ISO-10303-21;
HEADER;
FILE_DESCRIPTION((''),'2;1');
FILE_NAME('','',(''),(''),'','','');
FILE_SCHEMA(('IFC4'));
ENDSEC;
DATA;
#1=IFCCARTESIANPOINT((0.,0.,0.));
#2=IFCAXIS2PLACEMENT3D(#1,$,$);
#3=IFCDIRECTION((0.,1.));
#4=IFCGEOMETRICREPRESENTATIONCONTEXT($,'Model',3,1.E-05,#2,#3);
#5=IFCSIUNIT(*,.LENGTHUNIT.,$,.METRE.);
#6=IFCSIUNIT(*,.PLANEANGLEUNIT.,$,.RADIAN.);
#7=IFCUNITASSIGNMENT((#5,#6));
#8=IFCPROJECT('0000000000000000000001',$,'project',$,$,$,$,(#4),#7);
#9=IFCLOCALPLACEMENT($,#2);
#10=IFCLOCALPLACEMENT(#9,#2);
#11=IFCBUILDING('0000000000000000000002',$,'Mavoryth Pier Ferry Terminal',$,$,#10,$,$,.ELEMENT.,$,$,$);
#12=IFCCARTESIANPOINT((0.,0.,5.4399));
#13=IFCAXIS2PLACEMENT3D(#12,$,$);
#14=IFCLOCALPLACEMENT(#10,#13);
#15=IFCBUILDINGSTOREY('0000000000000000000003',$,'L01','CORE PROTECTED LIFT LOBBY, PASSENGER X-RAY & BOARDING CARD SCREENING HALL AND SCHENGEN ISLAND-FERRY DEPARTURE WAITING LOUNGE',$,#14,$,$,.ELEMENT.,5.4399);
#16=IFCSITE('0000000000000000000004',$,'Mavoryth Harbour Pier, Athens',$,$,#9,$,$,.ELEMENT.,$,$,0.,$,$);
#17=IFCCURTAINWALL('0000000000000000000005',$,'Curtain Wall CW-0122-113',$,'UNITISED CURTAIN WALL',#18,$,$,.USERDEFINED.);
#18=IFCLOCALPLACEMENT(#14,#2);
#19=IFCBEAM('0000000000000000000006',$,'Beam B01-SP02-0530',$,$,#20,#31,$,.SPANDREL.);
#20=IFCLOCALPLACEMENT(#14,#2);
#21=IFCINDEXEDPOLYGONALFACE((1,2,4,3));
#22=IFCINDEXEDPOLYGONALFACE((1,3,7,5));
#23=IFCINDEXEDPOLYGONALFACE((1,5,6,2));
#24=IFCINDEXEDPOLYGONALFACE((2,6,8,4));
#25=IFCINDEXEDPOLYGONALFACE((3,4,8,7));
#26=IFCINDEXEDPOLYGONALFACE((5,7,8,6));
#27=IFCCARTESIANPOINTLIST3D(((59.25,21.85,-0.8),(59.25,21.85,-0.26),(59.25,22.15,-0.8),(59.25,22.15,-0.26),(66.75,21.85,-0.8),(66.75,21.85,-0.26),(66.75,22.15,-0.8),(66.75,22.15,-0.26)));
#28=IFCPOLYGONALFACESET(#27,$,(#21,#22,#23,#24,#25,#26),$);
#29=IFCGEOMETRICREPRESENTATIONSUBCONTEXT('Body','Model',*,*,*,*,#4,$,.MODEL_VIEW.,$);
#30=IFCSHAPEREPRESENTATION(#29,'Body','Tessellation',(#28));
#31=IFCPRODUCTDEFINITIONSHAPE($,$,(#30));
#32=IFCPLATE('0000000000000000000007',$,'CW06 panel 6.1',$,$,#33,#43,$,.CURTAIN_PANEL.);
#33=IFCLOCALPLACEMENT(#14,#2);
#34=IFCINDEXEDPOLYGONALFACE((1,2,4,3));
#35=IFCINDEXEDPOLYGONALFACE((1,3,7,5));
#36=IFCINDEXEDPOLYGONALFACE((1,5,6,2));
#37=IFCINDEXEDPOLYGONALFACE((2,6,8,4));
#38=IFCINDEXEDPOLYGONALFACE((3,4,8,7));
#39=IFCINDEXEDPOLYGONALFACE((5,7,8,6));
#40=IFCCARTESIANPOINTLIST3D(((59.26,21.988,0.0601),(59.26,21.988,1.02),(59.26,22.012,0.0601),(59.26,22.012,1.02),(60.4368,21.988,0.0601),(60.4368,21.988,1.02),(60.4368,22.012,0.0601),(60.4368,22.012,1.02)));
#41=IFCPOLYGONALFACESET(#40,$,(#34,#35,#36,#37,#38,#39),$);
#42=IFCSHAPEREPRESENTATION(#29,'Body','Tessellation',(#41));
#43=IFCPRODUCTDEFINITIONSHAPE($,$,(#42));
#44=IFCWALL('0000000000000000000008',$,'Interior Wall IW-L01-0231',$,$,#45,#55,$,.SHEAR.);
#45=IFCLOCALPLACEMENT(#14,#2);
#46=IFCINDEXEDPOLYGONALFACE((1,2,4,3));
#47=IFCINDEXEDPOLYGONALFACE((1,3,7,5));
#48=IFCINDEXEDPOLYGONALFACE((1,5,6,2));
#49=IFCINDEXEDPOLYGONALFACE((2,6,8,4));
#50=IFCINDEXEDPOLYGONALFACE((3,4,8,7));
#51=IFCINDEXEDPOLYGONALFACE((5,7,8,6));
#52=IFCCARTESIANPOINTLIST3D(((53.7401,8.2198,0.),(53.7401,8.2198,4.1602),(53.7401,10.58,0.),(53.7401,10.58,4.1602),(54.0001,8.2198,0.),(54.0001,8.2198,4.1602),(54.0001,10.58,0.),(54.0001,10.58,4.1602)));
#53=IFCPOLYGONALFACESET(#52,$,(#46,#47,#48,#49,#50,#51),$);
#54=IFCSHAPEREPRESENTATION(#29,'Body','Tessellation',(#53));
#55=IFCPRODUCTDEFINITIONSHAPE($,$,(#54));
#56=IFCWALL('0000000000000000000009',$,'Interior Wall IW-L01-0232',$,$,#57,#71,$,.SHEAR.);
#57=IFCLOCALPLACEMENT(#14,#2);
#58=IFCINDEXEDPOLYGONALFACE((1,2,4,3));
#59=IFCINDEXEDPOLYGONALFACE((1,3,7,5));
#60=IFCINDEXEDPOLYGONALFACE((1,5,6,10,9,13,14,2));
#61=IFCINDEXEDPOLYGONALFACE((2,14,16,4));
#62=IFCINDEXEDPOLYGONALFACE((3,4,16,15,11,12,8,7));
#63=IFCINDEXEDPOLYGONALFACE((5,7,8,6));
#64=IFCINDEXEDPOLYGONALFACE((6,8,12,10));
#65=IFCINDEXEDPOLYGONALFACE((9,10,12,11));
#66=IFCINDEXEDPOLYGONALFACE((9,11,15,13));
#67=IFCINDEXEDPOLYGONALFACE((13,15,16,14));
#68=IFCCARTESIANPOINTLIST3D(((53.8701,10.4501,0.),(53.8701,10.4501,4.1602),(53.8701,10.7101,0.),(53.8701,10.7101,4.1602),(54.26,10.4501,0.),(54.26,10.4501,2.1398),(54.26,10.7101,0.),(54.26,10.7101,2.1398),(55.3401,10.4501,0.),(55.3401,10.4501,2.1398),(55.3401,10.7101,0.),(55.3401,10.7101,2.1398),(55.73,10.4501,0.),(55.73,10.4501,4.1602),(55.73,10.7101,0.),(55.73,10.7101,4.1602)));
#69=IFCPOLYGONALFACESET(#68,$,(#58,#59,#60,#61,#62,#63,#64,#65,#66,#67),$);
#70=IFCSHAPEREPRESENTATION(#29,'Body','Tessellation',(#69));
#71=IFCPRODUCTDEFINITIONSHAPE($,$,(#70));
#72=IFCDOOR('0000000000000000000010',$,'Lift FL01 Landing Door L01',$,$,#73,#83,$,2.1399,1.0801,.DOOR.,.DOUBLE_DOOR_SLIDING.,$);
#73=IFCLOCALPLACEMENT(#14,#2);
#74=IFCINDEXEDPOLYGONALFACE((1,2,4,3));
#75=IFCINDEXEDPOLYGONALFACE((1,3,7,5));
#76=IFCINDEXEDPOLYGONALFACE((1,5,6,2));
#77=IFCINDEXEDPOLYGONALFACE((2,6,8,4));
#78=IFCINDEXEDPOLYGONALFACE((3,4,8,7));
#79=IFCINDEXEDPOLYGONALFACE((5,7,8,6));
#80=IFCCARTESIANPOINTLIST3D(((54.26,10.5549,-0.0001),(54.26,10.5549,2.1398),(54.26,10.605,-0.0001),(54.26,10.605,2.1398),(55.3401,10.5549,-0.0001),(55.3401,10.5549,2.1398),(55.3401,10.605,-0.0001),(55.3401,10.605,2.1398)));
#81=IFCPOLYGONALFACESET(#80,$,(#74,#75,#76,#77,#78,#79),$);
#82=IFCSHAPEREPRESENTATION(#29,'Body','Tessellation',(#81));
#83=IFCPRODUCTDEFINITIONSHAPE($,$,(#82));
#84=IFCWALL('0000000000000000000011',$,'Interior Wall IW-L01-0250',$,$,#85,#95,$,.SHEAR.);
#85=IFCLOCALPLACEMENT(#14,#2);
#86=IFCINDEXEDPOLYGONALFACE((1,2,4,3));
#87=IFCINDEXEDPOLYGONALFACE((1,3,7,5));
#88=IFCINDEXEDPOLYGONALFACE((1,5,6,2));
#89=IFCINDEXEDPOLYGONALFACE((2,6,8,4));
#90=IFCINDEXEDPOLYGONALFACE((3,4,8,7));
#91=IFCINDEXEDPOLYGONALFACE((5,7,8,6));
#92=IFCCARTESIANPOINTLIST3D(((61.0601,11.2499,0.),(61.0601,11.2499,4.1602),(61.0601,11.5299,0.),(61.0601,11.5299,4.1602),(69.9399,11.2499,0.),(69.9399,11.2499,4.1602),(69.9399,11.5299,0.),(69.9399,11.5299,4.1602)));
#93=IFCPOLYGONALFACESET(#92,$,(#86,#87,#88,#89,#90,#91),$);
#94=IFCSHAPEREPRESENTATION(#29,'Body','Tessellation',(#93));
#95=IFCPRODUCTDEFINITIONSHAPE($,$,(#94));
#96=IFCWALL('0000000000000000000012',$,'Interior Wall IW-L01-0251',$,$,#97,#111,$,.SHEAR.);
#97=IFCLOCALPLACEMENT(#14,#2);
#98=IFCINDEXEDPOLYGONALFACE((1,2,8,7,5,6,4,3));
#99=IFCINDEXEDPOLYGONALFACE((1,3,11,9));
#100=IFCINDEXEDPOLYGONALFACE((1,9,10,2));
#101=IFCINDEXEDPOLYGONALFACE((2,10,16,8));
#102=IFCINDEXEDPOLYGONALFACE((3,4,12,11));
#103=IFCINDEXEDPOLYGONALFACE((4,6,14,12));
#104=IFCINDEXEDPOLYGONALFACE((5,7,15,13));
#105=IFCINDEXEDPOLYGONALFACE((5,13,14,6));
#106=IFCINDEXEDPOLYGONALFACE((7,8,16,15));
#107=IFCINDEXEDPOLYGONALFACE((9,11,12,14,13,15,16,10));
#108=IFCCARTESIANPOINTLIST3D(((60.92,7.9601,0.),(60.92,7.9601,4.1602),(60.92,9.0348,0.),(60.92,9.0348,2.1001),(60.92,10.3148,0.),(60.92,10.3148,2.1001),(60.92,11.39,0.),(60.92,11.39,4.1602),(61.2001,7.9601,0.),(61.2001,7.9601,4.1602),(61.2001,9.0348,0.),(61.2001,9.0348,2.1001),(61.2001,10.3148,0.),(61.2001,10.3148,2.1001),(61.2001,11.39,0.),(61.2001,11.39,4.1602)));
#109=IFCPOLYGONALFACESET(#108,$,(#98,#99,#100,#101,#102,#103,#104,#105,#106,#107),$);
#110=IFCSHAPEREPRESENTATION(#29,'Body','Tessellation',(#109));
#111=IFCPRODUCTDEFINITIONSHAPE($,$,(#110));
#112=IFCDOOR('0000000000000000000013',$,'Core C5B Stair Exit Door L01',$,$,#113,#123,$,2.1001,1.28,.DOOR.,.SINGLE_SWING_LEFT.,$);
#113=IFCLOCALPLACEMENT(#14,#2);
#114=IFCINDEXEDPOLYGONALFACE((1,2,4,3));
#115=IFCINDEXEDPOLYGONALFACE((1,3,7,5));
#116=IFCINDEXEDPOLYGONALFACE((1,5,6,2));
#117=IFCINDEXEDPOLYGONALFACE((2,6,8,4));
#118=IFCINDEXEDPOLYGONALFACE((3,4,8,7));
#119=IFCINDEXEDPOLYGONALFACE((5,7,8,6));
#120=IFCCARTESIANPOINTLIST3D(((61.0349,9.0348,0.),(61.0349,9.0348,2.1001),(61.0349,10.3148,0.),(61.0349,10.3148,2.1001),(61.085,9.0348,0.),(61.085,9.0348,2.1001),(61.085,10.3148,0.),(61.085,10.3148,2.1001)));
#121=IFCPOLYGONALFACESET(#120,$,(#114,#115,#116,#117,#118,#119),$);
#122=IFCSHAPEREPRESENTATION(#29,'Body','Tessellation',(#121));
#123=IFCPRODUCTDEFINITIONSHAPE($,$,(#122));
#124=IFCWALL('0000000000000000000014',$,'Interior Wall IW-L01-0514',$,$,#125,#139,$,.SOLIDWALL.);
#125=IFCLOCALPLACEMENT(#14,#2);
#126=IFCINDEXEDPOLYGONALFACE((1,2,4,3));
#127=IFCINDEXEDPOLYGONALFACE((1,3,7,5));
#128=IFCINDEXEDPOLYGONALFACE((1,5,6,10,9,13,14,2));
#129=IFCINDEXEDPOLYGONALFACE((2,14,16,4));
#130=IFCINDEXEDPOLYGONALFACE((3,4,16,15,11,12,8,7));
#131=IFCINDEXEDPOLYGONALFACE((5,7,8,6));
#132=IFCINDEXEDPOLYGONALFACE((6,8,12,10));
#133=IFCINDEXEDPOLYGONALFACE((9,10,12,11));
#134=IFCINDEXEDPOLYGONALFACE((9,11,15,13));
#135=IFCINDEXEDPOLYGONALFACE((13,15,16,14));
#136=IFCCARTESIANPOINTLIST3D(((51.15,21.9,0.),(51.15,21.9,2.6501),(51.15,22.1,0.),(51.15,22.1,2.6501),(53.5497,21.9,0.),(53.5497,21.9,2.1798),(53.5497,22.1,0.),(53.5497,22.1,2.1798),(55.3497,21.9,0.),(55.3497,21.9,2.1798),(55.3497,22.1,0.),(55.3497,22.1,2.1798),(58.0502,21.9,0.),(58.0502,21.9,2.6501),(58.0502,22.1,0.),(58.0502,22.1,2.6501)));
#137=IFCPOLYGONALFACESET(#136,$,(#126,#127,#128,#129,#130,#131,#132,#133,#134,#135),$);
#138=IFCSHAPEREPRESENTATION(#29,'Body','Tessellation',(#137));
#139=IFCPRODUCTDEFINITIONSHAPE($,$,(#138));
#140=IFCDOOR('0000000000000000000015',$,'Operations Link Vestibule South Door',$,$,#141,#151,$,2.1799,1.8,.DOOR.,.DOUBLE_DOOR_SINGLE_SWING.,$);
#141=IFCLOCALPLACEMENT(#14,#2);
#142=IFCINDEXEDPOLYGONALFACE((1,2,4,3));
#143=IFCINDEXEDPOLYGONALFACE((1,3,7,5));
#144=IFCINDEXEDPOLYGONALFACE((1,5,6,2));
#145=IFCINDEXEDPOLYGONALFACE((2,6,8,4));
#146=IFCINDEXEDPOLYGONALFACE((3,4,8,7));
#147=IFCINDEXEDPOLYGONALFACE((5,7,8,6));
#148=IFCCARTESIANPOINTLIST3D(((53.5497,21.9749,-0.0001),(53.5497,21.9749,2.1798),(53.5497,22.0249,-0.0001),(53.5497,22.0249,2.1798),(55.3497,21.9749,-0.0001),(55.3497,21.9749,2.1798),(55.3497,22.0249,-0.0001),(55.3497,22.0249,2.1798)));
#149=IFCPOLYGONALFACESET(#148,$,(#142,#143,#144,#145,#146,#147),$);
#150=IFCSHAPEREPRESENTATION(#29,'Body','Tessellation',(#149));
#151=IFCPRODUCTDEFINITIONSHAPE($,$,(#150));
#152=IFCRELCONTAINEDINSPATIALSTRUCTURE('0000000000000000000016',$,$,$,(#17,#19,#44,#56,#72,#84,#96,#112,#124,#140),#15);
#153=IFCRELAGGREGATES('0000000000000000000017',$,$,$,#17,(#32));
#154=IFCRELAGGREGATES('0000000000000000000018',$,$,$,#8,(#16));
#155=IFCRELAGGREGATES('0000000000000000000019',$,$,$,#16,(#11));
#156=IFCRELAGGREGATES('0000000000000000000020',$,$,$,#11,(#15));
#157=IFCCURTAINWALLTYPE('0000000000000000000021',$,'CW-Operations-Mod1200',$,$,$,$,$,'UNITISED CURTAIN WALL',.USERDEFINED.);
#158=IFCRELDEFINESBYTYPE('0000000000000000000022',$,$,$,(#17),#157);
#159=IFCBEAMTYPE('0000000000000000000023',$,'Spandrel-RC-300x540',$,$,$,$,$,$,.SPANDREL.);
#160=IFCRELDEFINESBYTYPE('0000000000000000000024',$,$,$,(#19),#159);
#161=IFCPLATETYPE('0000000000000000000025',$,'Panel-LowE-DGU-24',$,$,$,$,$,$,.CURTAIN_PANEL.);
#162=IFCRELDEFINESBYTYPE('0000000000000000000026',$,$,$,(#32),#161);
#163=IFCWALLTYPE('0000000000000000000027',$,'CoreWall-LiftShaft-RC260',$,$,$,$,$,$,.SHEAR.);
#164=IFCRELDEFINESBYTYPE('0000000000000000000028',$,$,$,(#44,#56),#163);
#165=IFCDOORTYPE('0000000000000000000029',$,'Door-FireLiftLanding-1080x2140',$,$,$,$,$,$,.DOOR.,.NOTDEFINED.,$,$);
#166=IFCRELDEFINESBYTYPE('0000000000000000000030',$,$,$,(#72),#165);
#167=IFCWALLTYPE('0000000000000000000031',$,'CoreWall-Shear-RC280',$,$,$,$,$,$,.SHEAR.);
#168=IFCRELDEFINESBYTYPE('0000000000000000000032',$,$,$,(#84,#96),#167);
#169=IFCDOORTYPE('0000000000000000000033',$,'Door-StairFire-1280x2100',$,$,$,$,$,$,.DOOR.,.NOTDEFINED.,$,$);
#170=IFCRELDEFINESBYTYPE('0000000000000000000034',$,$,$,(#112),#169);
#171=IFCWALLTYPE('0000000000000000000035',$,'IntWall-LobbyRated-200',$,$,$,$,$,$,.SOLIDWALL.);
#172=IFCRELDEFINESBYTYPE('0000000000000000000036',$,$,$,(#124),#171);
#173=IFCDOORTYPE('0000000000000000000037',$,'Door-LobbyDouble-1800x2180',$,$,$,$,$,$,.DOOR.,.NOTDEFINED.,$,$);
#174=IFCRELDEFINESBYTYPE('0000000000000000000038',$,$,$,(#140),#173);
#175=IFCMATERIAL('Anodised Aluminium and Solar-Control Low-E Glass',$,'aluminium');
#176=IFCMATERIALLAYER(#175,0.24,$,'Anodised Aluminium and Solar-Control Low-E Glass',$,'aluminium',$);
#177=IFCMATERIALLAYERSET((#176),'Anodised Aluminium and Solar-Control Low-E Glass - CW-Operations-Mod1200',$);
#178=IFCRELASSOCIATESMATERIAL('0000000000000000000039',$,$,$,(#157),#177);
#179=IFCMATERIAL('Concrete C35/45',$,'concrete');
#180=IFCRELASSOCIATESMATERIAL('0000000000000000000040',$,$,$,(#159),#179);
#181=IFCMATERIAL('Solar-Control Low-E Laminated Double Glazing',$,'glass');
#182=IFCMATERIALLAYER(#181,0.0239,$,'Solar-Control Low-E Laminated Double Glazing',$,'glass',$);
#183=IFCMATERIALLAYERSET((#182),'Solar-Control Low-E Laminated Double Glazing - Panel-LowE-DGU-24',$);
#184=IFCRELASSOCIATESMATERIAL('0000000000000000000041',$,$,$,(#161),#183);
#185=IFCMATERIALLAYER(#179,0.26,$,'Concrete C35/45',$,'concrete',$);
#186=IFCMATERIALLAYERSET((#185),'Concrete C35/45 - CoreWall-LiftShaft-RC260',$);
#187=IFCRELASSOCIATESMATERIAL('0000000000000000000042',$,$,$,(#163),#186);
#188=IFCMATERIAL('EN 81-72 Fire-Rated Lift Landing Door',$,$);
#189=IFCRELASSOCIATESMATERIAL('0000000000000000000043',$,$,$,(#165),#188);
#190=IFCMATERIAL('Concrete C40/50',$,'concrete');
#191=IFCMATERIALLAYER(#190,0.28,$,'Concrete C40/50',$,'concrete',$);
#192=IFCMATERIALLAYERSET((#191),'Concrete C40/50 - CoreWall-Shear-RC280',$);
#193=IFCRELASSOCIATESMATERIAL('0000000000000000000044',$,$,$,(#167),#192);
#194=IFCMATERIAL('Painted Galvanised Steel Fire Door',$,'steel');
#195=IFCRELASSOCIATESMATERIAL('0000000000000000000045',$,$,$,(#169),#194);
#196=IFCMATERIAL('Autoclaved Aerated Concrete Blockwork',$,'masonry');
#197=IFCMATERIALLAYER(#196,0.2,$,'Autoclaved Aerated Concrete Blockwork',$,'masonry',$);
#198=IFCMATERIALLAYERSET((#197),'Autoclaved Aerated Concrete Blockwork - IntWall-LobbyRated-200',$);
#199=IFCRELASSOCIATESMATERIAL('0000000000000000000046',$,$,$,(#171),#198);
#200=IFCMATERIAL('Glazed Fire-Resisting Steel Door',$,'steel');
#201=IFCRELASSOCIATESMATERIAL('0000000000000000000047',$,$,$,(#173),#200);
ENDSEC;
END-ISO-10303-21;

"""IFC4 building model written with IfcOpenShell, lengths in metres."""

from ifc_helpers import new_model, si_unit, direction, frame, frame_2d, origin, origin_2d, place, context, subcontext, project, spatial, rectangle, extrude, material, layer, layer_set, material_profile, profile_set, type_object, element, fill, aggregate, save


model = new_model("IFC4")

# Units and contexts
model_context = context("Model", 3, precision=1e-05, world=origin(), true_north=direction((0.0, 1.0)))
body_context = subcontext(model_context, "Body", "Model", "MODEL_VIEW")
ifc_project = project(units=[si_unit("LENGTHUNIT", "METRE"), si_unit("PLANEANGLEUNIT", "RADIAN")], contexts=[model_context])

# Site, building, storey
site_placement = place(None, origin())
site = spatial("IfcSite", under=ifc_project, at=site_placement, Name="Mavoryth Harbour Pier, Athens", CompositionType="ELEMENT", RefElevation=0.0)
building_placement = place(site_placement, origin())
building = spatial("IfcBuilding", under=site, at=building_placement, Name="Mavoryth Pier Ferry Terminal", CompositionType="ELEMENT")
storey_placement = place(building_placement, frame((0.0, 0.0, 5.4399)))
storey = spatial("IfcBuildingStorey", under=building, at=storey_placement, Name="L01", Description="CORE PROTECTED LIFT LOBBY, PASSENGER X-RAY & BOARDING CARD SCREENING HALL AND SCHENGEN ISLAND-FERRY DEPARTURE WAITING LOUNGE", CompositionType="ELEMENT", Elevation=5.4399)

# Shared definitions
ifc_material_1 = material(Name="Concrete C40/50", Category="concrete")

# Shared definitions
ifc_material_2 = material(Name="Concrete C35/45", Category="concrete")

# Curtain wall
ifc_material_3 = material(Name="Anodised Aluminium and Solar-Control Low-E Glass", Category="aluminium")
ifc_layer_1 = layer(ifc_material_3, 0.24, Name="Anodised Aluminium and Solar-Control Low-E Glass", Category="aluminium")
ifc_layer_set_1 = layer_set([ifc_layer_1], Name="Anodised Aluminium and Solar-Control Low-E Glass - CW-Operations-Mod1200")
curtain_wall_type = type_object("IfcCurtainWallType", Name="CW-Operations-Mod1200", ElementType="UNITISED CURTAIN WALL", PredefinedType="USERDEFINED", material=ifc_layer_set_1)
curtain_wall_placement = place(storey_placement, origin())
curtain_wall = element("IfcCurtainWall", 1, at=curtain_wall_placement, inside=storey, type_object=curtain_wall_type, Name="Curtain Wall CW-0122-113", ObjectType="UNITISED CURTAIN WALL", PredefinedType="USERDEFINED")

# Beam
ifc_material_profile_1 = material_profile(ifc_material_2, rectangle(XDim=0.3, YDim=0.54, at=origin_2d()), Name="RC 300x540", Category="concrete")
ifc_profile_set_1 = profile_set([ifc_material_profile_1], Name="Concrete C35/45 - RC 300x540")
beam_type_1 = type_object("IfcBeamType", Name="Spandrel-RC-300x540", PredefinedType="SPANDREL", material=ifc_profile_set_1)
for number, where, z_axis, x_axis, name in (
    (2, (59.25, 22.0, -0.53), (1.0, 0.0, 0.0), (0.0, 1.0, 0.0), "Beam B01-SP02-0530"),
):
    element("IfcBeam", number, at=place(storey_placement, frame(where, z_axis=z_axis, x_axis=x_axis)), inside=storey, type_object=beam_type_1, Name=name, PredefinedType="SPANDREL", context=body_context, shape_type="SweptSolid", body=[
        extrude(rectangle(XDim=0.3, YDim=0.54, at=origin_2d()), origin(), (0.0, 0.0, 1.0), 7.5),
    ])

# Plate
ifc_material_4 = material(Name="Solar-Control Low-E Laminated Double Glazing", Category="glass")
ifc_layer_2 = layer(ifc_material_4, 0.0239, Name="Solar-Control Low-E Laminated Double Glazing", Category="glass")
ifc_layer_set_2 = layer_set([ifc_layer_2], Name="Solar-Control Low-E Laminated Double Glazing - Panel-LowE-DGU-24")
plate_type = type_object("IfcPlateType", Name="Panel-LowE-DGU-24", PredefinedType="CURTAIN_PANEL", material=ifc_layer_set_2)
plate_placement = place(storey_placement, frame((59.8484, 22.0, 0.0601), z_axis=(0.0, 0.0, 1.0), x_axis=(-1.0, 0.0, 0.0)))
plate = element("IfcPlate", 3, at=plate_placement, type_object=plate_type, Name="CW06 panel 6.1", PredefinedType="CURTAIN_PANEL", context=body_context, shape_type="SweptSolid", body=[
    extrude(rectangle(XDim=1.1768, YDim=0.0239, at=origin_2d()), origin(), (0.0, 0.0, 1.0), 0.96),
])
aggregate(curtain_wall, [plate])

# Wall
ifc_layer_3 = layer(ifc_material_2, 0.26, Name="Concrete C35/45", Category="concrete")
ifc_layer_set_3 = layer_set([ifc_layer_3], Name="Concrete C35/45 - CoreWall-LiftShaft-RC260")
wall_type_1 = type_object("IfcWallType", Name="CoreWall-LiftShaft-RC260", PredefinedType="SHEAR", material=ifc_layer_set_3)
wall_1_placement = place(storey_placement, frame((53.8701, 10.5801, 0.0), z_axis=(0.0, 0.0, 1.0), x_axis=(0.0, -1.0, 0.0)))
element("IfcWall", 4, at=wall_1_placement, inside=storey, type_object=wall_type_1, Name="Interior Wall IW-L01-0231", PredefinedType="SHEAR", context=body_context, shape_type="SweptSolid", body=[
    extrude(rectangle(XDim=2.3601, YDim=0.26, at=frame_2d((1.1802, 0.0))), origin(), (0.0, 0.0, 1.0), 4.1602),
])

# Wall, opening, door
wall_2_placement = place(storey_placement, frame((53.8701, 10.5801, 0.0), z_axis=(0.0, 0.0, 1.0), x_axis=(1.0, 0.0, 0.0)))
wall_2 = element("IfcWall", 5, at=wall_2_placement, inside=storey, type_object=wall_type_1, Name="Interior Wall IW-L01-0232", PredefinedType="SHEAR", context=body_context, shape_type="SweptSolid", body=[
    extrude(rectangle(XDim=1.8599, YDim=0.26, at=frame_2d((0.9299, 0.0))), origin(), (0.0, 0.0, 1.0), 4.1602),
])
opening_1_placement = place(wall_2_placement, frame((0.3899, 0.0, 0.0)))
opening_1 = element("IfcOpeningElement", 6, at=opening_1_placement, cuts=wall_2, PredefinedType="OPENING", context=body_context, shape_type="SweptSolid", body=[
    extrude(rectangle(XDim=1.0801, YDim=2.1399, at=frame_2d((0.54, 1.0698))), frame((0.0, 0.1399, 0.0), z_axis=(0.0, -1.0, 0.0), x_axis=(1.0, 0.0, 0.0)), (0.0, 0.0, 1.0), 0.28),
])
ifc_material_5 = material(Name="EN 81-72 Fire-Rated Lift Landing Door")
door_type_1 = type_object("IfcDoorType", Name="Door-FireLiftLanding-1080x2140", OperationType="NOTDEFINED", PredefinedType="DOOR", material=ifc_material_5)
door_1_placement = place(opening_1_placement, origin())
door_1 = element("IfcDoor", 7, at=door_1_placement, inside=storey, type_object=door_type_1, Name="Lift FL01 Landing Door L01", OperationType="DOUBLE_DOOR_SLIDING", OverallHeight=2.1399, OverallWidth=1.0801, PredefinedType="DOOR", context=body_context, shape_type="SweptSolid", body=[
    extrude(rectangle(XDim=1.0801, YDim=2.1399, at=frame_2d((0.54, 1.0698))), frame((0.0, 0.0249, 0.0), z_axis=(0.0, -1.0, 0.0), x_axis=(1.0, 0.0, 0.0)), (0.0, 0.0, 1.0), 0.05),
])
fill(opening_1, door_1)

# Wall
ifc_layer_4 = layer(ifc_material_1, 0.28, Name="Concrete C40/50", Category="concrete")
ifc_layer_set_4 = layer_set([ifc_layer_4], Name="Concrete C40/50 - CoreWall-Shear-RC280")
wall_type_2 = type_object("IfcWallType", Name="CoreWall-Shear-RC280", PredefinedType="SHEAR", material=ifc_layer_set_4)
wall_3_placement = place(storey_placement, frame((61.0601, 11.3899, 0.0), z_axis=(0.0, 0.0, 1.0), x_axis=(1.0, 0.0, 0.0)))
element("IfcWall", 8, at=wall_3_placement, inside=storey, type_object=wall_type_2, Name="Interior Wall IW-L01-0250", PredefinedType="SHEAR", context=body_context, shape_type="SweptSolid", body=[
    extrude(rectangle(XDim=8.8799, YDim=0.28, at=frame_2d((4.4399, 0.0))), origin(), (0.0, 0.0, 1.0), 4.1602),
])

# Walls, openings, doors
wall_4_placement = place(storey_placement, frame((61.0601, 11.3899, 0.0), z_axis=(0.0, 0.0, 1.0), x_axis=(0.0, -1.0, 0.0)))
wall_4 = element("IfcWall", 9, at=wall_4_placement, inside=storey, type_object=wall_type_2, Name="Interior Wall IW-L01-0251", PredefinedType="SHEAR", context=body_context, shape_type="SweptSolid", body=[
    extrude(rectangle(XDim=3.4299, YDim=0.28, at=frame_2d((1.7148, 0.0))), origin(), (0.0, 0.0, 1.0), 4.1602),
])
opening_2_placement = place(wall_4_placement, frame((1.075, 0.0, 0.0)))
opening_2 = element("IfcOpeningElement", 10, at=opening_2_placement, cuts=wall_4, PredefinedType="OPENING", context=body_context, shape_type="SweptSolid", body=[
    extrude(rectangle(XDim=1.28, YDim=2.1001, at=frame_2d((0.6401, 1.05))), frame((0.0, 0.1499, 0.0), z_axis=(0.0, -1.0, 0.0), x_axis=(1.0, 0.0, 0.0)), (0.0, 0.0, 1.0), 0.3),
])
ifc_material_6 = material(Name="Painted Galvanised Steel Fire Door", Category="steel")
door_type_2 = type_object("IfcDoorType", Name="Door-StairFire-1280x2100", OperationType="NOTDEFINED", PredefinedType="DOOR", material=ifc_material_6)
door_2_placement = place(opening_2_placement, origin())
door_2 = element("IfcDoor", 11, at=door_2_placement, inside=storey, type_object=door_type_2, Name="Core C5B Stair Exit Door L01", OperationType="SINGLE_SWING_LEFT", OverallHeight=2.1001, OverallWidth=1.28, PredefinedType="DOOR", context=body_context, shape_type="SweptSolid", body=[
    extrude(rectangle(XDim=1.28, YDim=2.1001, at=frame_2d((0.6401, 1.05))), frame((0.0, 0.0249, 0.0), z_axis=(0.0, -1.0, 0.0), x_axis=(1.0, 0.0, 0.0)), (0.0, 0.0, 1.0), 0.05),
])
fill(opening_2, door_2)
ifc_material_7 = material(Name="Autoclaved Aerated Concrete Blockwork", Category="masonry")
ifc_layer_5 = layer(ifc_material_7, 0.2, Name="Autoclaved Aerated Concrete Blockwork", Category="masonry")
ifc_layer_set_5 = layer_set([ifc_layer_5], Name="Autoclaved Aerated Concrete Blockwork - IntWall-LobbyRated-200")
wall_type_3 = type_object("IfcWallType", Name="IntWall-LobbyRated-200", PredefinedType="SOLIDWALL", material=ifc_layer_set_5)
wall_5_placement = place(storey_placement, frame((51.1499, 22.0, 0.0), z_axis=(0.0, 0.0, 1.0), x_axis=(1.0, 0.0, 0.0)))
wall_5 = element("IfcWall", 12, at=wall_5_placement, inside=storey, type_object=wall_type_3, Name="Interior Wall IW-L01-0514", PredefinedType="SOLIDWALL", context=body_context, shape_type="SweptSolid", body=[
    extrude(rectangle(XDim=6.9001, YDim=0.2, at=frame_2d((3.4502, 0.0))), origin(), (0.0, 0.0, 1.0), 2.6501),
])
opening_3_placement = place(wall_5_placement, frame((2.3999, 0.0, 0.0)))
opening_3 = element("IfcOpeningElement", 13, at=opening_3_placement, cuts=wall_5, PredefinedType="OPENING", context=body_context, shape_type="SweptSolid", body=[
    extrude(rectangle(XDim=1.8, YDim=2.1799, at=frame_2d((0.8999, 1.0898))), frame((0.0, 0.1099, 0.0), z_axis=(0.0, -1.0, 0.0), x_axis=(1.0, 0.0, 0.0)), (0.0, 0.0, 1.0), 0.22),
])
ifc_material_8 = material(Name="Glazed Fire-Resisting Steel Door", Category="steel")
door_type_3 = type_object("IfcDoorType", Name="Door-LobbyDouble-1800x2180", OperationType="NOTDEFINED", PredefinedType="DOOR", material=ifc_material_8)
door_3_placement = place(opening_3_placement, origin())
door_3 = element("IfcDoor", 14, at=door_3_placement, inside=storey, type_object=door_type_3, Name="Operations Link Vestibule South Door", OperationType="DOUBLE_DOOR_SINGLE_SWING", OverallHeight=2.1799, OverallWidth=1.8, PredefinedType="DOOR", context=body_context, shape_type="SweptSolid", body=[
    extrude(rectangle(XDim=1.8, YDim=2.1799, at=frame_2d((0.8999, 1.0898))), frame((0.0, 0.0249, 0.0), z_axis=(0.0, -1.0, 0.0), x_axis=(1.0, 0.0, 0.0)), (0.0, 0.0, 1.0), 0.05),
])
fill(opening_3, door_3)

save(model, "model.ifc")
